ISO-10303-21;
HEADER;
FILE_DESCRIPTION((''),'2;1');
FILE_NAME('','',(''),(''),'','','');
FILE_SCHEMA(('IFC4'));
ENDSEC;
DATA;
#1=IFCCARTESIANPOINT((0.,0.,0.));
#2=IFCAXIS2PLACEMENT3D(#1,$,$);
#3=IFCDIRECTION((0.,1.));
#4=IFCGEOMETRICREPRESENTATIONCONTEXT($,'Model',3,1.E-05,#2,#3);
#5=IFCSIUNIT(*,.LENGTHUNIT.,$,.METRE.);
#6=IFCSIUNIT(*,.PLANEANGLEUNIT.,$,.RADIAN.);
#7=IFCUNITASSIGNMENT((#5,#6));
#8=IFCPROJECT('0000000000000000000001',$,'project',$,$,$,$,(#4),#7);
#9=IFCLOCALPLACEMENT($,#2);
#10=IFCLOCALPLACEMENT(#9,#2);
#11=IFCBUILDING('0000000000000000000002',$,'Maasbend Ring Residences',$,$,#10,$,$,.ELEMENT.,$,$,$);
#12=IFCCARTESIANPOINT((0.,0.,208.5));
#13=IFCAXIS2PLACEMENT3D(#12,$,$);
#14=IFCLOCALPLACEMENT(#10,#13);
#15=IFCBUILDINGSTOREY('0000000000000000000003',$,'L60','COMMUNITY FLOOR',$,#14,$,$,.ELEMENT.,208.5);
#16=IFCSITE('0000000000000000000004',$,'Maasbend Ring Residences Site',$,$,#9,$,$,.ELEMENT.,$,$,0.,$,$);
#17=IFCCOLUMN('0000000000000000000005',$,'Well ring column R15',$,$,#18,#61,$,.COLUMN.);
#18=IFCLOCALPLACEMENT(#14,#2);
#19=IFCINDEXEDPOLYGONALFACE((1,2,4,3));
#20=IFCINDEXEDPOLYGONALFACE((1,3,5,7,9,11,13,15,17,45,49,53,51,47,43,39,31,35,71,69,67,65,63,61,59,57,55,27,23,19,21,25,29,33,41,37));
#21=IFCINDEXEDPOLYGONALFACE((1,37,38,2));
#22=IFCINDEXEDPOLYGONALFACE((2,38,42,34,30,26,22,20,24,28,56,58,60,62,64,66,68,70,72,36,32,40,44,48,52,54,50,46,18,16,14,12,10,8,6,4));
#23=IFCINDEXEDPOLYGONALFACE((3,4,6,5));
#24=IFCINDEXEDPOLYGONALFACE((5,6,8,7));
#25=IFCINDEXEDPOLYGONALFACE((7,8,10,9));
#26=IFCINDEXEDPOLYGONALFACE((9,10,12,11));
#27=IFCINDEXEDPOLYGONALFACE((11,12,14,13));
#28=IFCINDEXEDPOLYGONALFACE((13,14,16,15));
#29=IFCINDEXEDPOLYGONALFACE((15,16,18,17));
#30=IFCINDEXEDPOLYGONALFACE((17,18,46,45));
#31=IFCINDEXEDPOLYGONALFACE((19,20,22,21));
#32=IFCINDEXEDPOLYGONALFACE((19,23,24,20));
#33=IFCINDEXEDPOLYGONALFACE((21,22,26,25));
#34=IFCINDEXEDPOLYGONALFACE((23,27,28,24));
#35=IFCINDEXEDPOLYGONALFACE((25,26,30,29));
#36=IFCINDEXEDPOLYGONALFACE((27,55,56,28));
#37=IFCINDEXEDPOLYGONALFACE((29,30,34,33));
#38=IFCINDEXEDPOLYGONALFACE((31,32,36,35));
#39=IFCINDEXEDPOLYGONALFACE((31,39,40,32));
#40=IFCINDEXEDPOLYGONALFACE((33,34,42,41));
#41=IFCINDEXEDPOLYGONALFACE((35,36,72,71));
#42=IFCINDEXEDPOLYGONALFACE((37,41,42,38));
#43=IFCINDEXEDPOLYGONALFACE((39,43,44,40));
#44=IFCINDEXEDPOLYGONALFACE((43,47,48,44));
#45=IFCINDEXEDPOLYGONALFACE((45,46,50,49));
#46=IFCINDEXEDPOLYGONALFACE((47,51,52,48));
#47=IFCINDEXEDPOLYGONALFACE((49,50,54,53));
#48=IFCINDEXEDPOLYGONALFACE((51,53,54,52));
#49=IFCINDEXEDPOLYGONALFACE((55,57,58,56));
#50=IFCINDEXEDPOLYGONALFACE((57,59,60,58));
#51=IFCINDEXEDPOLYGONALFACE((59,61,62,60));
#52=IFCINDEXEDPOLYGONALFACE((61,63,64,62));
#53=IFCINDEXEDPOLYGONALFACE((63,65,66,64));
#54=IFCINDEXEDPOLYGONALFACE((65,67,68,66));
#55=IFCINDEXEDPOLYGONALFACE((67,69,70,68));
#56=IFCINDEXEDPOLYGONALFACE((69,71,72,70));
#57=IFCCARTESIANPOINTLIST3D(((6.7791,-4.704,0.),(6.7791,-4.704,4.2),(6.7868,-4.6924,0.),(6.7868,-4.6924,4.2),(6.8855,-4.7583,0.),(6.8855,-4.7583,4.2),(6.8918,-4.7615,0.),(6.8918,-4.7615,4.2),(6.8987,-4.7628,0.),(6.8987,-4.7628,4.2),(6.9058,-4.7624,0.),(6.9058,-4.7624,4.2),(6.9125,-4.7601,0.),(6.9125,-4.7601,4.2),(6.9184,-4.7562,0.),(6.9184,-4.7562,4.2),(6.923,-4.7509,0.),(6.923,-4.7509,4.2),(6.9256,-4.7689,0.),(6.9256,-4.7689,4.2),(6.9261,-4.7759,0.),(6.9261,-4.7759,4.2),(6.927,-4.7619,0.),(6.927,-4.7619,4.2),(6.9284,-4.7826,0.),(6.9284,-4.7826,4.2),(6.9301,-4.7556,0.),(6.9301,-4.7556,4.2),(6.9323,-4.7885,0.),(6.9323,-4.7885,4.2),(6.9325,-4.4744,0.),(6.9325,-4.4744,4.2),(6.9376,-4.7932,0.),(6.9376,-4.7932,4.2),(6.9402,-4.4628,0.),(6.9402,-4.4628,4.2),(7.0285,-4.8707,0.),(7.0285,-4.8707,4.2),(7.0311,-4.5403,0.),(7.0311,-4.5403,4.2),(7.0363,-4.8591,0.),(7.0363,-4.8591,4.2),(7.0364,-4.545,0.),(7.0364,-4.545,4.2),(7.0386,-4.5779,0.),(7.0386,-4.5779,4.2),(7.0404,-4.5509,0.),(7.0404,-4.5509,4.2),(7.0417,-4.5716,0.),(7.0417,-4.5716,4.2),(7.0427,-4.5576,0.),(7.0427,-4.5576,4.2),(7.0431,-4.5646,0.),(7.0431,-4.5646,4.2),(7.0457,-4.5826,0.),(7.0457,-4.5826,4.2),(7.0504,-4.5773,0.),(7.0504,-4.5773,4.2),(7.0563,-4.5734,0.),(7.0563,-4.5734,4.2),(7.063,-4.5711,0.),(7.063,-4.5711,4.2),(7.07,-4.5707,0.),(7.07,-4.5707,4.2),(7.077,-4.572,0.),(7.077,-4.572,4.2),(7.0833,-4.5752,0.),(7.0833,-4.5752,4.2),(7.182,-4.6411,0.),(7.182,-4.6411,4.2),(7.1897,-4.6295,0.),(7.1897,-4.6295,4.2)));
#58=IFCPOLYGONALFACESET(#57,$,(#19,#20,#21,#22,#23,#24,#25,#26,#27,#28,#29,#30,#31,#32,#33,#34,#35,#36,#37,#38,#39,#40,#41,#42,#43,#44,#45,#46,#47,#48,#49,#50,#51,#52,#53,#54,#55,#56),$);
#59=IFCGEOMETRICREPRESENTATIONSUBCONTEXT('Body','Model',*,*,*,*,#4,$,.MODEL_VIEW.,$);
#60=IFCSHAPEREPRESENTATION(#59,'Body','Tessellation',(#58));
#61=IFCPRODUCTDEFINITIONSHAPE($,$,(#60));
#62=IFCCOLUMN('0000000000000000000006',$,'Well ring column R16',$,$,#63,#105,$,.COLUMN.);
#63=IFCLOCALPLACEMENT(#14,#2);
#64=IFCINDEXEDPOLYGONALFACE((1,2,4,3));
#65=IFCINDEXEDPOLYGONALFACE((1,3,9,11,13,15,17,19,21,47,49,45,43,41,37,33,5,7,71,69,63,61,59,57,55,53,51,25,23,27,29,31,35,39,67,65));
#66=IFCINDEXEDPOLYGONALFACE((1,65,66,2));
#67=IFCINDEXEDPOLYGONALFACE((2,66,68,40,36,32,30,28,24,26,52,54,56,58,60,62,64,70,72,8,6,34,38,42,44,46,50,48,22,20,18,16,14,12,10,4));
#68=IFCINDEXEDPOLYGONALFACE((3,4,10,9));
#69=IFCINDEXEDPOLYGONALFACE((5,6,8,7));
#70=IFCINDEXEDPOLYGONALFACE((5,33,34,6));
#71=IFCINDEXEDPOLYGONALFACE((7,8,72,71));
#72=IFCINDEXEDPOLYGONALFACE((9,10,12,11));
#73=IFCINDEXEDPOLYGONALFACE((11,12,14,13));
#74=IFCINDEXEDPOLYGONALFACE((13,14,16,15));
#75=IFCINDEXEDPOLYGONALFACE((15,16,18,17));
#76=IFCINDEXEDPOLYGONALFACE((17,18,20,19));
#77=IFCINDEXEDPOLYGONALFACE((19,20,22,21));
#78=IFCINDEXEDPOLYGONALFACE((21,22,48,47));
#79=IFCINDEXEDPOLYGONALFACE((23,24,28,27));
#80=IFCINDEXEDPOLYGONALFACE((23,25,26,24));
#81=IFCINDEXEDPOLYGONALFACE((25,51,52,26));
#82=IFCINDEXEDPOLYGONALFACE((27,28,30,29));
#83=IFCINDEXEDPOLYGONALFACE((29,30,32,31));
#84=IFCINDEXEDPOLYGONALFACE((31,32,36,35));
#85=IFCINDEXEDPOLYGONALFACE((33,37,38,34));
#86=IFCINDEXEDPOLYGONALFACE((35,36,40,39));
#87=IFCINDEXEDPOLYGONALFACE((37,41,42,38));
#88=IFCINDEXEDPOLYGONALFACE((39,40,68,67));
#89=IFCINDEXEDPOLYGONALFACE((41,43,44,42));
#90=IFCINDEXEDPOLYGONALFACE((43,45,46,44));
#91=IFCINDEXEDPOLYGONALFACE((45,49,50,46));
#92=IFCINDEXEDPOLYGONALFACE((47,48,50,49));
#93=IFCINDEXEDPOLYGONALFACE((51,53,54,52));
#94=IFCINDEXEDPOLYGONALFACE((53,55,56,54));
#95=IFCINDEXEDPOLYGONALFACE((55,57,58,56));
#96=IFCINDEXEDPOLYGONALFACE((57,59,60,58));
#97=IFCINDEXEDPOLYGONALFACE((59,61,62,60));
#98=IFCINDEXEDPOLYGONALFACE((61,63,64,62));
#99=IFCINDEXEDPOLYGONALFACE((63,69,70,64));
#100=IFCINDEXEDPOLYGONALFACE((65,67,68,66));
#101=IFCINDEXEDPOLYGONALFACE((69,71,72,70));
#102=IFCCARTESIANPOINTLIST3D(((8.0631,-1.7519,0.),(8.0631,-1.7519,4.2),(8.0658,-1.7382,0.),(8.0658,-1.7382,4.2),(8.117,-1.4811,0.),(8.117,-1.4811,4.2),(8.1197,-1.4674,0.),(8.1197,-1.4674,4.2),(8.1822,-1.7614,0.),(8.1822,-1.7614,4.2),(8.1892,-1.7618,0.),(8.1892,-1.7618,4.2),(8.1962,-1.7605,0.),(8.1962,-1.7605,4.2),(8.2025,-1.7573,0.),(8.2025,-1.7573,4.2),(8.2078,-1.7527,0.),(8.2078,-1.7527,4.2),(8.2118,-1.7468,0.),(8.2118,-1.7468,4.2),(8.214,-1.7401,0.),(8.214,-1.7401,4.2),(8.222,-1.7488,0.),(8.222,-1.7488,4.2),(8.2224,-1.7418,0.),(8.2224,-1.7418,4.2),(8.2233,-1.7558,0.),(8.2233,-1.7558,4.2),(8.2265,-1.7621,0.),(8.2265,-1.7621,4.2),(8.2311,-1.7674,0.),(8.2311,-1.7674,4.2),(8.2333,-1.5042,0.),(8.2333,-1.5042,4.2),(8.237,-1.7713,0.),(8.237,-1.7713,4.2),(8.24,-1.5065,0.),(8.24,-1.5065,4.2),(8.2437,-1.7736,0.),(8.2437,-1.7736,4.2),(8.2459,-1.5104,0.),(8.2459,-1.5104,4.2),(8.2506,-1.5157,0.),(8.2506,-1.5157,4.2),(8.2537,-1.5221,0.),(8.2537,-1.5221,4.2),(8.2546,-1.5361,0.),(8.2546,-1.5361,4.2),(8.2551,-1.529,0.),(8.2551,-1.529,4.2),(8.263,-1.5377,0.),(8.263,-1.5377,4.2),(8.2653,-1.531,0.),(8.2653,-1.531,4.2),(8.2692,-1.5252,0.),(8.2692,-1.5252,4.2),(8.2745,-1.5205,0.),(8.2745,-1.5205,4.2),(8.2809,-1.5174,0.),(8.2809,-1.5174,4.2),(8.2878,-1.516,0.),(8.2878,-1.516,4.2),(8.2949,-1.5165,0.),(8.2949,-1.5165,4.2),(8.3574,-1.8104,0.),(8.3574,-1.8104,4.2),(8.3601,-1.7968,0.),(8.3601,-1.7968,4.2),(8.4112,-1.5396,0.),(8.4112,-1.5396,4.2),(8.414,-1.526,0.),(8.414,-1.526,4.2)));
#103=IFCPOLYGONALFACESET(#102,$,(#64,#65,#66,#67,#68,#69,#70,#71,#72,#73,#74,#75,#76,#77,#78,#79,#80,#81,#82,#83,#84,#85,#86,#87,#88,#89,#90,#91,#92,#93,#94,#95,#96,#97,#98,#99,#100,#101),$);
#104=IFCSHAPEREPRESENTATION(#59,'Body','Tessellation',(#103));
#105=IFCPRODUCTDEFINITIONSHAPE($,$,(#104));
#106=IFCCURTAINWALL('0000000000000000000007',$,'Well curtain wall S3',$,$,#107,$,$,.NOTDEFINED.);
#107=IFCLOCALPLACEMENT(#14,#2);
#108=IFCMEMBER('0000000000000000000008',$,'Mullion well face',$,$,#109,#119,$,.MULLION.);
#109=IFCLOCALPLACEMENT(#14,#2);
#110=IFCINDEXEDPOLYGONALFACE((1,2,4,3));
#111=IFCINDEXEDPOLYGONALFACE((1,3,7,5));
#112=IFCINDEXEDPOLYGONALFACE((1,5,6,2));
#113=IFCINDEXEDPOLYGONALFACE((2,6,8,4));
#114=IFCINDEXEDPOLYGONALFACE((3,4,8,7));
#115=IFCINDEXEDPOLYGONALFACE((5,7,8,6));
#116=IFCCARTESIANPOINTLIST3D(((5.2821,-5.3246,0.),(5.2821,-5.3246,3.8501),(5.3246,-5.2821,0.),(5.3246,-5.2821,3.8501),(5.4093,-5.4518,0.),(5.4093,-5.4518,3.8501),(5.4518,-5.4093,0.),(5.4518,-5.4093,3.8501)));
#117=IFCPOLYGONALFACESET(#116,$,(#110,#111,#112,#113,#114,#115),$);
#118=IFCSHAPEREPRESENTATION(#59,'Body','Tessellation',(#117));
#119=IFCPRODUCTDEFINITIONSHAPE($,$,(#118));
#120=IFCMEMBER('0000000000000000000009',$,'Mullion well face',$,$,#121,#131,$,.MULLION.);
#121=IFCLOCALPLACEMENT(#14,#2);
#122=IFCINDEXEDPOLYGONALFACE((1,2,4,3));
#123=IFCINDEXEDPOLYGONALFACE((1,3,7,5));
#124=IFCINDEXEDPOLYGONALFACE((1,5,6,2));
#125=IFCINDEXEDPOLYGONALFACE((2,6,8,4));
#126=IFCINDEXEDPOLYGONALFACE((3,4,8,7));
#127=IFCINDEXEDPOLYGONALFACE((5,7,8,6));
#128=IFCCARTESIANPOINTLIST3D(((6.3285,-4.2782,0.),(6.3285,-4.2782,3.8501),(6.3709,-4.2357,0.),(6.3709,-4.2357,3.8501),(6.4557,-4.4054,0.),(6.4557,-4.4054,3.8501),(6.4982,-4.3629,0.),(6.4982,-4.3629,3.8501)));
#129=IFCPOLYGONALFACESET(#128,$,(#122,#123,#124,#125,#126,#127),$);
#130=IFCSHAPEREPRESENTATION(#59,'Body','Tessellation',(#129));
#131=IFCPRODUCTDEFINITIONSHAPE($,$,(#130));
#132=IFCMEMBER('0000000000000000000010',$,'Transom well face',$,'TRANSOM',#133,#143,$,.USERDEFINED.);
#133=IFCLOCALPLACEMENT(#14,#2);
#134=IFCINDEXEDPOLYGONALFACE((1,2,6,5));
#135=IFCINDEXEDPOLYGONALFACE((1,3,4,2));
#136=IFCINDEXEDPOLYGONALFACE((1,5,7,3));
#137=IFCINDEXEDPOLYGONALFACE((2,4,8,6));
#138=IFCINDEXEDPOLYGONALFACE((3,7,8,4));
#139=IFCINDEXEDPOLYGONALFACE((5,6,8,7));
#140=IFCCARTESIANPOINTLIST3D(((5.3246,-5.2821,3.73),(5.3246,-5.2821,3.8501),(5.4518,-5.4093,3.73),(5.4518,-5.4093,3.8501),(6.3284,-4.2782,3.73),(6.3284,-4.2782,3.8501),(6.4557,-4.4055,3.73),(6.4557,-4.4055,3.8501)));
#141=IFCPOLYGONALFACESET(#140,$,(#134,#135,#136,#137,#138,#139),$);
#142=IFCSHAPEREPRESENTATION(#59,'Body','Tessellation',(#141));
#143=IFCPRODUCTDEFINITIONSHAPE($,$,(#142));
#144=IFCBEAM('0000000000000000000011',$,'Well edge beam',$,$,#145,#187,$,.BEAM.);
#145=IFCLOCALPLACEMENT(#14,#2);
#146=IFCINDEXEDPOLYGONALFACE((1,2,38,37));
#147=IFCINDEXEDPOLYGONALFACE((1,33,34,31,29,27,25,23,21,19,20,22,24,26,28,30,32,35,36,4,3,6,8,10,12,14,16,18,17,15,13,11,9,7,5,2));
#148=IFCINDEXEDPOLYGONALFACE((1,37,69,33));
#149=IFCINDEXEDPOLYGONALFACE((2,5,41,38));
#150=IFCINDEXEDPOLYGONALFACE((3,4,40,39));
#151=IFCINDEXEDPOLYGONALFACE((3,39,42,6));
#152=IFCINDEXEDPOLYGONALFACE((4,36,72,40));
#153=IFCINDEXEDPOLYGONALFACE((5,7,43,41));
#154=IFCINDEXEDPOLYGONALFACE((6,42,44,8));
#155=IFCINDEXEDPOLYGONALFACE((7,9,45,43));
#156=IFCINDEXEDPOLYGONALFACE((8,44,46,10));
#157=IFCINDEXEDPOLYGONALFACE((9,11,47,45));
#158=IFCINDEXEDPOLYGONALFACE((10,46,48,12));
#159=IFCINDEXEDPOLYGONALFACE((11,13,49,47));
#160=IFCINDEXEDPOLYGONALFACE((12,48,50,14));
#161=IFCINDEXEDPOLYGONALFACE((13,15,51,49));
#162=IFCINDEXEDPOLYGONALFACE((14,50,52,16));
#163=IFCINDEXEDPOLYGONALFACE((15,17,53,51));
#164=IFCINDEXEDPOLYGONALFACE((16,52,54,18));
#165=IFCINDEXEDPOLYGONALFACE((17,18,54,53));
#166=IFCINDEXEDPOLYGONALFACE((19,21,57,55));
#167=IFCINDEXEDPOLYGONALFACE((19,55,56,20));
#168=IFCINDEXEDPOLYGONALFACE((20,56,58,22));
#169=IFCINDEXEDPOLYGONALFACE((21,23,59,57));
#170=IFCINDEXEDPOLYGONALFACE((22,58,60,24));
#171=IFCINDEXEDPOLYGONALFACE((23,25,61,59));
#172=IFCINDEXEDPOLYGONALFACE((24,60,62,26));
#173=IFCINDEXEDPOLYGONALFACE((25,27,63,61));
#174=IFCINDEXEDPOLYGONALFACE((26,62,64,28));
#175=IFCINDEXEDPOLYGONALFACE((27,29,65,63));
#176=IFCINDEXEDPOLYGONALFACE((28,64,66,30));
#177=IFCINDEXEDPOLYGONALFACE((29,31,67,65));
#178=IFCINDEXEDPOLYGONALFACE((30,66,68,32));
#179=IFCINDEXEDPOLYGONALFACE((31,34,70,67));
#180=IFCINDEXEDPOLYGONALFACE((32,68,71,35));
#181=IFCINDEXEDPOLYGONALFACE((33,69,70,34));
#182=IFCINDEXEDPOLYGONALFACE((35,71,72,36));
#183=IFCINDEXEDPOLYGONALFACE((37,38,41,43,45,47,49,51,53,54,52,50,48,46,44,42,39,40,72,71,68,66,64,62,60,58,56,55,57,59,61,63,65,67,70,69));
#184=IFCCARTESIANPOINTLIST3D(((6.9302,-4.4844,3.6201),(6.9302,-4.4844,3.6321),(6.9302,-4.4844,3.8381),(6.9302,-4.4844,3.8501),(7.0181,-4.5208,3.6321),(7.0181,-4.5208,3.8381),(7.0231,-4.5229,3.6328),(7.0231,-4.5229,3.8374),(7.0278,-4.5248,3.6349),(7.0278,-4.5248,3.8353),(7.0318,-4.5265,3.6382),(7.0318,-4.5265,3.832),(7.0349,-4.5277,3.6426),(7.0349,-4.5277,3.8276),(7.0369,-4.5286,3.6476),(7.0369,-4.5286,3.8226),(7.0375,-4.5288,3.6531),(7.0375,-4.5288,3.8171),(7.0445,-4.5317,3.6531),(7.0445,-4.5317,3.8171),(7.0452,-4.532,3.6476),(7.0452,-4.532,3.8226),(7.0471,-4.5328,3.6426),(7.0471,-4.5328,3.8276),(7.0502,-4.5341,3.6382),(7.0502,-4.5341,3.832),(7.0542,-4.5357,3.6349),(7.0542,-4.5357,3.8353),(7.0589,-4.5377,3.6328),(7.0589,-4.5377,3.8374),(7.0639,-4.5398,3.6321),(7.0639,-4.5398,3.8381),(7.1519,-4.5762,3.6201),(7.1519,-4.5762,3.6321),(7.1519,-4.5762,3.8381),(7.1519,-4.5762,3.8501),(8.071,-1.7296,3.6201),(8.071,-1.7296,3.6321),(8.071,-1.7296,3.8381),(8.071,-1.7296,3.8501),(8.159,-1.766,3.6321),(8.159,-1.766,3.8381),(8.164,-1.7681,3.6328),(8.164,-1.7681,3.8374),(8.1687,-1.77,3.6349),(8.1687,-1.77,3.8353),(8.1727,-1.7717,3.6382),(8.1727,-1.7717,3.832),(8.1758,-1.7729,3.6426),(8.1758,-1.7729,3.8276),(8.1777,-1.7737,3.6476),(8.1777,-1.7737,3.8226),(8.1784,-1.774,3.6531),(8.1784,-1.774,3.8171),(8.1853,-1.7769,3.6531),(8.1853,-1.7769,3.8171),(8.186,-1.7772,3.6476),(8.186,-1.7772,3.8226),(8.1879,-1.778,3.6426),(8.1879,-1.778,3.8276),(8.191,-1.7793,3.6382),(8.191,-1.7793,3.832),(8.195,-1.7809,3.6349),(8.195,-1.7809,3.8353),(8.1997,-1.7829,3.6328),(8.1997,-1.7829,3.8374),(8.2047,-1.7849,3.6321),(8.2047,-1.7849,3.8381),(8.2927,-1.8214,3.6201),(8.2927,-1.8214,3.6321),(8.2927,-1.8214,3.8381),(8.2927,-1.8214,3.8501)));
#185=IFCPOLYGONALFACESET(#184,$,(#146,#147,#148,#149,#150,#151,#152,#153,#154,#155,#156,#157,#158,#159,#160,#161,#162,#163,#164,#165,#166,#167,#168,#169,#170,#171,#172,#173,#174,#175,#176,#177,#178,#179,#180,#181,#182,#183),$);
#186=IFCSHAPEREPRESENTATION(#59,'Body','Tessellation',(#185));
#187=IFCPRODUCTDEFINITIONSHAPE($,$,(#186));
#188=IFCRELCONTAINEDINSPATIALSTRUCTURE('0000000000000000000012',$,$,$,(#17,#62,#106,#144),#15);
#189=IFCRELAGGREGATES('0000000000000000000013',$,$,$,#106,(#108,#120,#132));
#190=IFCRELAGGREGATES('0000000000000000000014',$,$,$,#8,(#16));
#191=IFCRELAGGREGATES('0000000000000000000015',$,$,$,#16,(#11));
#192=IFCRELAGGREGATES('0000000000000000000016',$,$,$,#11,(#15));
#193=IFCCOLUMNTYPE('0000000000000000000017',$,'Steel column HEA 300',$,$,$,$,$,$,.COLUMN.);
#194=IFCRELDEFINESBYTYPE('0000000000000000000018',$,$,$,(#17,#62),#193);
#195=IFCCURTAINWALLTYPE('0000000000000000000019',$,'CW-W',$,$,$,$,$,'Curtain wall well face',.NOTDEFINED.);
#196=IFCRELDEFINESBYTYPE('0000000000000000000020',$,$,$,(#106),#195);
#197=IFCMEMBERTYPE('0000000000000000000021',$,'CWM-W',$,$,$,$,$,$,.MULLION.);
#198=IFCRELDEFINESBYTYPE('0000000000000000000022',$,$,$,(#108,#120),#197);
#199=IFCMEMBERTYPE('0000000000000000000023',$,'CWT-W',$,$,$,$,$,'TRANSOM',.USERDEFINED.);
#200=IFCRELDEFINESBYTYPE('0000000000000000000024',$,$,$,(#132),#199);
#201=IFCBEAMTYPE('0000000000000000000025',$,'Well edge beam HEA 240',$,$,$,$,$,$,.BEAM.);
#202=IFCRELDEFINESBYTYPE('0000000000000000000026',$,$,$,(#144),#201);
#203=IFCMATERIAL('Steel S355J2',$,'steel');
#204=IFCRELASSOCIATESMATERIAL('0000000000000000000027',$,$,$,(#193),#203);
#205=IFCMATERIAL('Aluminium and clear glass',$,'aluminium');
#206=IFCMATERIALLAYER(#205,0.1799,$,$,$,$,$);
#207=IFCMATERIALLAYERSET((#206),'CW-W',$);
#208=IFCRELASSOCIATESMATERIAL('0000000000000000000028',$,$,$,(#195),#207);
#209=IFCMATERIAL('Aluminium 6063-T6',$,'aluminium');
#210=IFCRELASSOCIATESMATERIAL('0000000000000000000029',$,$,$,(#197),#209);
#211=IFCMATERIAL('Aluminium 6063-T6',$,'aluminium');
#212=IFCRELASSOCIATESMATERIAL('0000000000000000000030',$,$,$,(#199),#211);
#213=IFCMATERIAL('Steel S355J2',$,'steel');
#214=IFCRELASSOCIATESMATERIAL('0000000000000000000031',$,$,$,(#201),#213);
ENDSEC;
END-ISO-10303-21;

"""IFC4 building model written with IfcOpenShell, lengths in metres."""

from ifc_helpers import new_model, si_unit, direction, frame, origin, origin_2d, place, context, subcontext, project, spatial, rectangle, i_section, extrude, material, layer, layer_set, material_profile, profile_set, type_object, element, aggregate, save


model = new_model("IFC4")

# Units and contexts
model_context = context("Model", 3, precision=1e-05, world=origin(), true_north=direction((0.0, 1.0)))
body_context = subcontext(model_context, "Body", "Model", "MODEL_VIEW")
ifc_project = project(units=[si_unit("LENGTHUNIT", "METRE"), si_unit("PLANEANGLEUNIT", "RADIAN")], contexts=[model_context])

# Site, building, storey
site_placement = place(None, origin())
site = spatial("IfcSite", under=ifc_project, at=site_placement, Name="Maasbend Ring Residences Site", CompositionType="ELEMENT", RefElevation=0.0)
building_placement = place(site_placement, origin())
building = spatial("IfcBuilding", under=site, at=building_placement, Name="Maasbend Ring Residences", CompositionType="ELEMENT")
storey_placement = place(building_placement, frame((0.0, 0.0, 208.5)))
storey = spatial("IfcBuildingStorey", under=building, at=storey_placement, Name="L60", Description="COMMUNITY FLOOR", CompositionType="ELEMENT", Elevation=208.5)

# Columns
ifc_material_1 = material(Name="Steel S355J2", Category="steel")
ifc_material_profile_1 = material_profile(ifc_material_1, i_section(OverallWidth=0.3, OverallDepth=0.29, WebThickness=0.0085, FlangeThickness=0.0139, FilletRadius=0.0271, at=origin_2d()), Name="HEA 300")
ifc_profile_set_1 = profile_set([ifc_material_profile_1], Name="Steel S355J2")
column_type = type_object("IfcColumnType", Name="Steel column HEA 300", PredefinedType="COLUMN", material=ifc_profile_set_1)
for number, where, z_axis, x_axis, name in (
    (1, (6.9844, -4.6667, 0.0), (0.0, 0.0, 1.0), (0.83147, -0.55557, 0.0), "Well ring column R15"),
    (2, (8.2385, -1.6389, 0.0), (0.0, 0.0, 1.0), (0.980785, -0.19509, 0.0), "Well ring column R16"),
):
    element("IfcColumn", number, at=place(storey_placement, frame(where, z_axis=z_axis, x_axis=x_axis)), inside=storey, type_object=column_type, Name=name, PredefinedType="COLUMN", context=body_context, shape_type="SweptSolid", body=[
        extrude(i_section(OverallWidth=0.3, OverallDepth=0.29, WebThickness=0.0085, FlangeThickness=0.0139, FilletRadius=0.0271, at=origin_2d()), origin(), (0.0, 0.0, 1.0), 4.2),
    ])

# Curtain wall, members
ifc_material_2 = material(Name="Aluminium and clear glass", Category="aluminium")
ifc_layer_1 = layer(ifc_material_2, 0.1799)
ifc_layer_set_1 = layer_set([ifc_layer_1], Name="CW-W")
curtain_wall_type = type_object("IfcCurtainWallType", Name="CW-W", ElementType="Curtain wall well face", PredefinedType="NOTDEFINED", material=ifc_layer_set_1)
curtain_wall_placement = place(storey_placement, origin())
curtain_wall = element("IfcCurtainWall", 3, at=curtain_wall_placement, inside=storey, type_object=curtain_wall_type, Name="Well curtain wall S3", PredefinedType="NOTDEFINED")
ifc_material_3 = material(Name="Aluminium 6063-T6", Category="aluminium")
ifc_material_profile_2 = material_profile(ifc_material_3, rectangle(XDim=0.1799, YDim=0.0601, at=origin_2d()), Name="AL 180x60")
ifc_profile_set_2 = profile_set([ifc_material_profile_2], Name="Aluminium 6063-T6")
member_type_1 = type_object("IfcMemberType", Name="CWM-W", PredefinedType="MULLION", material=ifc_profile_set_2)
member_1_placement = place(storey_placement, frame((5.3669, -5.3669, 0.0), z_axis=(0.0, 0.0, 1.0), x_axis=(-0.707107, 0.707107, 0.0)))
member_1 = element("IfcMember", 4, at=member_1_placement, type_object=member_type_1, Name="Mullion well face", PredefinedType="MULLION", context=body_context, shape_type="SweptSolid", body=[
    extrude(rectangle(XDim=0.1799, YDim=0.0601, at=origin_2d()), origin(), (0.0, 0.0, 1.0), 3.8501),
])
member_2_placement = place(storey_placement, frame((6.4133, -4.3206, 0.0), z_axis=(0.0, 0.0, 1.0), x_axis=(-0.707107, 0.707107, 0.0)))
member_2 = element("IfcMember", 5, at=member_2_placement, type_object=member_type_1, Name="Mullion well face", PredefinedType="MULLION", context=body_context, shape_type="SweptSolid", body=[
    extrude(rectangle(XDim=0.1799, YDim=0.0601, at=origin_2d()), origin(), (0.0, 0.0, 1.0), 3.8501),
])
ifc_material_4 = material(Name="Aluminium 6063-T6", Category="aluminium")
ifc_material_profile_3 = material_profile(ifc_material_4, rectangle(XDim=0.1799, YDim=0.1201, at=origin_2d()), Name="AL 180x120")
ifc_profile_set_3 = profile_set([ifc_material_profile_3], Name="Aluminium 6063-T6")
member_type_2 = type_object("IfcMemberType", Name="CWT-W", ElementType="TRANSOM", PredefinedType="USERDEFINED", material=ifc_profile_set_3)
member_3_placement = place(storey_placement, frame((5.3882, -5.3457, 3.79), z_axis=(0.707107, 0.707107, 0.0), x_axis=(-0.707107, 0.707107, 0.0)))
member_3 = element("IfcMember", 6, at=member_3_placement, type_object=member_type_2, Name="Transom well face", ObjectType="TRANSOM", PredefinedType="USERDEFINED", context=body_context, shape_type="SweptSolid", body=[
    extrude(rectangle(XDim=0.1799, YDim=0.1201, at=origin_2d()), origin(), (0.0, 0.0, 1.0), 1.4197),
])

# Beam
ifc_material_5 = material(Name="Steel S355J2", Category="steel")
ifc_material_profile_4 = material_profile(ifc_material_5, i_section(OverallWidth=0.24, OverallDepth=0.23, WebThickness=0.0076, FlangeThickness=0.012, FilletRadius=0.021, at=origin_2d()), Name="HEA 240")
ifc_profile_set_4 = profile_set([ifc_material_profile_4], Name="Steel S355J2")
beam_type = type_object("IfcBeamType", Name="Well edge beam HEA 240", PredefinedType="BEAM", material=ifc_profile_set_4)
beam_1_placement = place(storey_placement, frame((7.041, -4.5303, 3.7351), z_axis=(0.382615, 0.923908, 0.0), x_axis=(-0.923908, 0.382615, 0.0)))
element("IfcBeam", 7, at=beam_1_placement, inside=storey, type_object=beam_type, Name="Well edge beam", PredefinedType="BEAM", context=body_context, shape_type="SweptSolid", body=[
    extrude(i_section(OverallWidth=0.24, OverallDepth=0.23, WebThickness=0.0076, FlangeThickness=0.012, FilletRadius=0.021, at=origin_2d()), origin(), (0.0, 0.0, 1.0), 2.9817),
])

aggregate(curtain_wall, [member_1, member_2, member_3])

save(model, "model.ifc")
